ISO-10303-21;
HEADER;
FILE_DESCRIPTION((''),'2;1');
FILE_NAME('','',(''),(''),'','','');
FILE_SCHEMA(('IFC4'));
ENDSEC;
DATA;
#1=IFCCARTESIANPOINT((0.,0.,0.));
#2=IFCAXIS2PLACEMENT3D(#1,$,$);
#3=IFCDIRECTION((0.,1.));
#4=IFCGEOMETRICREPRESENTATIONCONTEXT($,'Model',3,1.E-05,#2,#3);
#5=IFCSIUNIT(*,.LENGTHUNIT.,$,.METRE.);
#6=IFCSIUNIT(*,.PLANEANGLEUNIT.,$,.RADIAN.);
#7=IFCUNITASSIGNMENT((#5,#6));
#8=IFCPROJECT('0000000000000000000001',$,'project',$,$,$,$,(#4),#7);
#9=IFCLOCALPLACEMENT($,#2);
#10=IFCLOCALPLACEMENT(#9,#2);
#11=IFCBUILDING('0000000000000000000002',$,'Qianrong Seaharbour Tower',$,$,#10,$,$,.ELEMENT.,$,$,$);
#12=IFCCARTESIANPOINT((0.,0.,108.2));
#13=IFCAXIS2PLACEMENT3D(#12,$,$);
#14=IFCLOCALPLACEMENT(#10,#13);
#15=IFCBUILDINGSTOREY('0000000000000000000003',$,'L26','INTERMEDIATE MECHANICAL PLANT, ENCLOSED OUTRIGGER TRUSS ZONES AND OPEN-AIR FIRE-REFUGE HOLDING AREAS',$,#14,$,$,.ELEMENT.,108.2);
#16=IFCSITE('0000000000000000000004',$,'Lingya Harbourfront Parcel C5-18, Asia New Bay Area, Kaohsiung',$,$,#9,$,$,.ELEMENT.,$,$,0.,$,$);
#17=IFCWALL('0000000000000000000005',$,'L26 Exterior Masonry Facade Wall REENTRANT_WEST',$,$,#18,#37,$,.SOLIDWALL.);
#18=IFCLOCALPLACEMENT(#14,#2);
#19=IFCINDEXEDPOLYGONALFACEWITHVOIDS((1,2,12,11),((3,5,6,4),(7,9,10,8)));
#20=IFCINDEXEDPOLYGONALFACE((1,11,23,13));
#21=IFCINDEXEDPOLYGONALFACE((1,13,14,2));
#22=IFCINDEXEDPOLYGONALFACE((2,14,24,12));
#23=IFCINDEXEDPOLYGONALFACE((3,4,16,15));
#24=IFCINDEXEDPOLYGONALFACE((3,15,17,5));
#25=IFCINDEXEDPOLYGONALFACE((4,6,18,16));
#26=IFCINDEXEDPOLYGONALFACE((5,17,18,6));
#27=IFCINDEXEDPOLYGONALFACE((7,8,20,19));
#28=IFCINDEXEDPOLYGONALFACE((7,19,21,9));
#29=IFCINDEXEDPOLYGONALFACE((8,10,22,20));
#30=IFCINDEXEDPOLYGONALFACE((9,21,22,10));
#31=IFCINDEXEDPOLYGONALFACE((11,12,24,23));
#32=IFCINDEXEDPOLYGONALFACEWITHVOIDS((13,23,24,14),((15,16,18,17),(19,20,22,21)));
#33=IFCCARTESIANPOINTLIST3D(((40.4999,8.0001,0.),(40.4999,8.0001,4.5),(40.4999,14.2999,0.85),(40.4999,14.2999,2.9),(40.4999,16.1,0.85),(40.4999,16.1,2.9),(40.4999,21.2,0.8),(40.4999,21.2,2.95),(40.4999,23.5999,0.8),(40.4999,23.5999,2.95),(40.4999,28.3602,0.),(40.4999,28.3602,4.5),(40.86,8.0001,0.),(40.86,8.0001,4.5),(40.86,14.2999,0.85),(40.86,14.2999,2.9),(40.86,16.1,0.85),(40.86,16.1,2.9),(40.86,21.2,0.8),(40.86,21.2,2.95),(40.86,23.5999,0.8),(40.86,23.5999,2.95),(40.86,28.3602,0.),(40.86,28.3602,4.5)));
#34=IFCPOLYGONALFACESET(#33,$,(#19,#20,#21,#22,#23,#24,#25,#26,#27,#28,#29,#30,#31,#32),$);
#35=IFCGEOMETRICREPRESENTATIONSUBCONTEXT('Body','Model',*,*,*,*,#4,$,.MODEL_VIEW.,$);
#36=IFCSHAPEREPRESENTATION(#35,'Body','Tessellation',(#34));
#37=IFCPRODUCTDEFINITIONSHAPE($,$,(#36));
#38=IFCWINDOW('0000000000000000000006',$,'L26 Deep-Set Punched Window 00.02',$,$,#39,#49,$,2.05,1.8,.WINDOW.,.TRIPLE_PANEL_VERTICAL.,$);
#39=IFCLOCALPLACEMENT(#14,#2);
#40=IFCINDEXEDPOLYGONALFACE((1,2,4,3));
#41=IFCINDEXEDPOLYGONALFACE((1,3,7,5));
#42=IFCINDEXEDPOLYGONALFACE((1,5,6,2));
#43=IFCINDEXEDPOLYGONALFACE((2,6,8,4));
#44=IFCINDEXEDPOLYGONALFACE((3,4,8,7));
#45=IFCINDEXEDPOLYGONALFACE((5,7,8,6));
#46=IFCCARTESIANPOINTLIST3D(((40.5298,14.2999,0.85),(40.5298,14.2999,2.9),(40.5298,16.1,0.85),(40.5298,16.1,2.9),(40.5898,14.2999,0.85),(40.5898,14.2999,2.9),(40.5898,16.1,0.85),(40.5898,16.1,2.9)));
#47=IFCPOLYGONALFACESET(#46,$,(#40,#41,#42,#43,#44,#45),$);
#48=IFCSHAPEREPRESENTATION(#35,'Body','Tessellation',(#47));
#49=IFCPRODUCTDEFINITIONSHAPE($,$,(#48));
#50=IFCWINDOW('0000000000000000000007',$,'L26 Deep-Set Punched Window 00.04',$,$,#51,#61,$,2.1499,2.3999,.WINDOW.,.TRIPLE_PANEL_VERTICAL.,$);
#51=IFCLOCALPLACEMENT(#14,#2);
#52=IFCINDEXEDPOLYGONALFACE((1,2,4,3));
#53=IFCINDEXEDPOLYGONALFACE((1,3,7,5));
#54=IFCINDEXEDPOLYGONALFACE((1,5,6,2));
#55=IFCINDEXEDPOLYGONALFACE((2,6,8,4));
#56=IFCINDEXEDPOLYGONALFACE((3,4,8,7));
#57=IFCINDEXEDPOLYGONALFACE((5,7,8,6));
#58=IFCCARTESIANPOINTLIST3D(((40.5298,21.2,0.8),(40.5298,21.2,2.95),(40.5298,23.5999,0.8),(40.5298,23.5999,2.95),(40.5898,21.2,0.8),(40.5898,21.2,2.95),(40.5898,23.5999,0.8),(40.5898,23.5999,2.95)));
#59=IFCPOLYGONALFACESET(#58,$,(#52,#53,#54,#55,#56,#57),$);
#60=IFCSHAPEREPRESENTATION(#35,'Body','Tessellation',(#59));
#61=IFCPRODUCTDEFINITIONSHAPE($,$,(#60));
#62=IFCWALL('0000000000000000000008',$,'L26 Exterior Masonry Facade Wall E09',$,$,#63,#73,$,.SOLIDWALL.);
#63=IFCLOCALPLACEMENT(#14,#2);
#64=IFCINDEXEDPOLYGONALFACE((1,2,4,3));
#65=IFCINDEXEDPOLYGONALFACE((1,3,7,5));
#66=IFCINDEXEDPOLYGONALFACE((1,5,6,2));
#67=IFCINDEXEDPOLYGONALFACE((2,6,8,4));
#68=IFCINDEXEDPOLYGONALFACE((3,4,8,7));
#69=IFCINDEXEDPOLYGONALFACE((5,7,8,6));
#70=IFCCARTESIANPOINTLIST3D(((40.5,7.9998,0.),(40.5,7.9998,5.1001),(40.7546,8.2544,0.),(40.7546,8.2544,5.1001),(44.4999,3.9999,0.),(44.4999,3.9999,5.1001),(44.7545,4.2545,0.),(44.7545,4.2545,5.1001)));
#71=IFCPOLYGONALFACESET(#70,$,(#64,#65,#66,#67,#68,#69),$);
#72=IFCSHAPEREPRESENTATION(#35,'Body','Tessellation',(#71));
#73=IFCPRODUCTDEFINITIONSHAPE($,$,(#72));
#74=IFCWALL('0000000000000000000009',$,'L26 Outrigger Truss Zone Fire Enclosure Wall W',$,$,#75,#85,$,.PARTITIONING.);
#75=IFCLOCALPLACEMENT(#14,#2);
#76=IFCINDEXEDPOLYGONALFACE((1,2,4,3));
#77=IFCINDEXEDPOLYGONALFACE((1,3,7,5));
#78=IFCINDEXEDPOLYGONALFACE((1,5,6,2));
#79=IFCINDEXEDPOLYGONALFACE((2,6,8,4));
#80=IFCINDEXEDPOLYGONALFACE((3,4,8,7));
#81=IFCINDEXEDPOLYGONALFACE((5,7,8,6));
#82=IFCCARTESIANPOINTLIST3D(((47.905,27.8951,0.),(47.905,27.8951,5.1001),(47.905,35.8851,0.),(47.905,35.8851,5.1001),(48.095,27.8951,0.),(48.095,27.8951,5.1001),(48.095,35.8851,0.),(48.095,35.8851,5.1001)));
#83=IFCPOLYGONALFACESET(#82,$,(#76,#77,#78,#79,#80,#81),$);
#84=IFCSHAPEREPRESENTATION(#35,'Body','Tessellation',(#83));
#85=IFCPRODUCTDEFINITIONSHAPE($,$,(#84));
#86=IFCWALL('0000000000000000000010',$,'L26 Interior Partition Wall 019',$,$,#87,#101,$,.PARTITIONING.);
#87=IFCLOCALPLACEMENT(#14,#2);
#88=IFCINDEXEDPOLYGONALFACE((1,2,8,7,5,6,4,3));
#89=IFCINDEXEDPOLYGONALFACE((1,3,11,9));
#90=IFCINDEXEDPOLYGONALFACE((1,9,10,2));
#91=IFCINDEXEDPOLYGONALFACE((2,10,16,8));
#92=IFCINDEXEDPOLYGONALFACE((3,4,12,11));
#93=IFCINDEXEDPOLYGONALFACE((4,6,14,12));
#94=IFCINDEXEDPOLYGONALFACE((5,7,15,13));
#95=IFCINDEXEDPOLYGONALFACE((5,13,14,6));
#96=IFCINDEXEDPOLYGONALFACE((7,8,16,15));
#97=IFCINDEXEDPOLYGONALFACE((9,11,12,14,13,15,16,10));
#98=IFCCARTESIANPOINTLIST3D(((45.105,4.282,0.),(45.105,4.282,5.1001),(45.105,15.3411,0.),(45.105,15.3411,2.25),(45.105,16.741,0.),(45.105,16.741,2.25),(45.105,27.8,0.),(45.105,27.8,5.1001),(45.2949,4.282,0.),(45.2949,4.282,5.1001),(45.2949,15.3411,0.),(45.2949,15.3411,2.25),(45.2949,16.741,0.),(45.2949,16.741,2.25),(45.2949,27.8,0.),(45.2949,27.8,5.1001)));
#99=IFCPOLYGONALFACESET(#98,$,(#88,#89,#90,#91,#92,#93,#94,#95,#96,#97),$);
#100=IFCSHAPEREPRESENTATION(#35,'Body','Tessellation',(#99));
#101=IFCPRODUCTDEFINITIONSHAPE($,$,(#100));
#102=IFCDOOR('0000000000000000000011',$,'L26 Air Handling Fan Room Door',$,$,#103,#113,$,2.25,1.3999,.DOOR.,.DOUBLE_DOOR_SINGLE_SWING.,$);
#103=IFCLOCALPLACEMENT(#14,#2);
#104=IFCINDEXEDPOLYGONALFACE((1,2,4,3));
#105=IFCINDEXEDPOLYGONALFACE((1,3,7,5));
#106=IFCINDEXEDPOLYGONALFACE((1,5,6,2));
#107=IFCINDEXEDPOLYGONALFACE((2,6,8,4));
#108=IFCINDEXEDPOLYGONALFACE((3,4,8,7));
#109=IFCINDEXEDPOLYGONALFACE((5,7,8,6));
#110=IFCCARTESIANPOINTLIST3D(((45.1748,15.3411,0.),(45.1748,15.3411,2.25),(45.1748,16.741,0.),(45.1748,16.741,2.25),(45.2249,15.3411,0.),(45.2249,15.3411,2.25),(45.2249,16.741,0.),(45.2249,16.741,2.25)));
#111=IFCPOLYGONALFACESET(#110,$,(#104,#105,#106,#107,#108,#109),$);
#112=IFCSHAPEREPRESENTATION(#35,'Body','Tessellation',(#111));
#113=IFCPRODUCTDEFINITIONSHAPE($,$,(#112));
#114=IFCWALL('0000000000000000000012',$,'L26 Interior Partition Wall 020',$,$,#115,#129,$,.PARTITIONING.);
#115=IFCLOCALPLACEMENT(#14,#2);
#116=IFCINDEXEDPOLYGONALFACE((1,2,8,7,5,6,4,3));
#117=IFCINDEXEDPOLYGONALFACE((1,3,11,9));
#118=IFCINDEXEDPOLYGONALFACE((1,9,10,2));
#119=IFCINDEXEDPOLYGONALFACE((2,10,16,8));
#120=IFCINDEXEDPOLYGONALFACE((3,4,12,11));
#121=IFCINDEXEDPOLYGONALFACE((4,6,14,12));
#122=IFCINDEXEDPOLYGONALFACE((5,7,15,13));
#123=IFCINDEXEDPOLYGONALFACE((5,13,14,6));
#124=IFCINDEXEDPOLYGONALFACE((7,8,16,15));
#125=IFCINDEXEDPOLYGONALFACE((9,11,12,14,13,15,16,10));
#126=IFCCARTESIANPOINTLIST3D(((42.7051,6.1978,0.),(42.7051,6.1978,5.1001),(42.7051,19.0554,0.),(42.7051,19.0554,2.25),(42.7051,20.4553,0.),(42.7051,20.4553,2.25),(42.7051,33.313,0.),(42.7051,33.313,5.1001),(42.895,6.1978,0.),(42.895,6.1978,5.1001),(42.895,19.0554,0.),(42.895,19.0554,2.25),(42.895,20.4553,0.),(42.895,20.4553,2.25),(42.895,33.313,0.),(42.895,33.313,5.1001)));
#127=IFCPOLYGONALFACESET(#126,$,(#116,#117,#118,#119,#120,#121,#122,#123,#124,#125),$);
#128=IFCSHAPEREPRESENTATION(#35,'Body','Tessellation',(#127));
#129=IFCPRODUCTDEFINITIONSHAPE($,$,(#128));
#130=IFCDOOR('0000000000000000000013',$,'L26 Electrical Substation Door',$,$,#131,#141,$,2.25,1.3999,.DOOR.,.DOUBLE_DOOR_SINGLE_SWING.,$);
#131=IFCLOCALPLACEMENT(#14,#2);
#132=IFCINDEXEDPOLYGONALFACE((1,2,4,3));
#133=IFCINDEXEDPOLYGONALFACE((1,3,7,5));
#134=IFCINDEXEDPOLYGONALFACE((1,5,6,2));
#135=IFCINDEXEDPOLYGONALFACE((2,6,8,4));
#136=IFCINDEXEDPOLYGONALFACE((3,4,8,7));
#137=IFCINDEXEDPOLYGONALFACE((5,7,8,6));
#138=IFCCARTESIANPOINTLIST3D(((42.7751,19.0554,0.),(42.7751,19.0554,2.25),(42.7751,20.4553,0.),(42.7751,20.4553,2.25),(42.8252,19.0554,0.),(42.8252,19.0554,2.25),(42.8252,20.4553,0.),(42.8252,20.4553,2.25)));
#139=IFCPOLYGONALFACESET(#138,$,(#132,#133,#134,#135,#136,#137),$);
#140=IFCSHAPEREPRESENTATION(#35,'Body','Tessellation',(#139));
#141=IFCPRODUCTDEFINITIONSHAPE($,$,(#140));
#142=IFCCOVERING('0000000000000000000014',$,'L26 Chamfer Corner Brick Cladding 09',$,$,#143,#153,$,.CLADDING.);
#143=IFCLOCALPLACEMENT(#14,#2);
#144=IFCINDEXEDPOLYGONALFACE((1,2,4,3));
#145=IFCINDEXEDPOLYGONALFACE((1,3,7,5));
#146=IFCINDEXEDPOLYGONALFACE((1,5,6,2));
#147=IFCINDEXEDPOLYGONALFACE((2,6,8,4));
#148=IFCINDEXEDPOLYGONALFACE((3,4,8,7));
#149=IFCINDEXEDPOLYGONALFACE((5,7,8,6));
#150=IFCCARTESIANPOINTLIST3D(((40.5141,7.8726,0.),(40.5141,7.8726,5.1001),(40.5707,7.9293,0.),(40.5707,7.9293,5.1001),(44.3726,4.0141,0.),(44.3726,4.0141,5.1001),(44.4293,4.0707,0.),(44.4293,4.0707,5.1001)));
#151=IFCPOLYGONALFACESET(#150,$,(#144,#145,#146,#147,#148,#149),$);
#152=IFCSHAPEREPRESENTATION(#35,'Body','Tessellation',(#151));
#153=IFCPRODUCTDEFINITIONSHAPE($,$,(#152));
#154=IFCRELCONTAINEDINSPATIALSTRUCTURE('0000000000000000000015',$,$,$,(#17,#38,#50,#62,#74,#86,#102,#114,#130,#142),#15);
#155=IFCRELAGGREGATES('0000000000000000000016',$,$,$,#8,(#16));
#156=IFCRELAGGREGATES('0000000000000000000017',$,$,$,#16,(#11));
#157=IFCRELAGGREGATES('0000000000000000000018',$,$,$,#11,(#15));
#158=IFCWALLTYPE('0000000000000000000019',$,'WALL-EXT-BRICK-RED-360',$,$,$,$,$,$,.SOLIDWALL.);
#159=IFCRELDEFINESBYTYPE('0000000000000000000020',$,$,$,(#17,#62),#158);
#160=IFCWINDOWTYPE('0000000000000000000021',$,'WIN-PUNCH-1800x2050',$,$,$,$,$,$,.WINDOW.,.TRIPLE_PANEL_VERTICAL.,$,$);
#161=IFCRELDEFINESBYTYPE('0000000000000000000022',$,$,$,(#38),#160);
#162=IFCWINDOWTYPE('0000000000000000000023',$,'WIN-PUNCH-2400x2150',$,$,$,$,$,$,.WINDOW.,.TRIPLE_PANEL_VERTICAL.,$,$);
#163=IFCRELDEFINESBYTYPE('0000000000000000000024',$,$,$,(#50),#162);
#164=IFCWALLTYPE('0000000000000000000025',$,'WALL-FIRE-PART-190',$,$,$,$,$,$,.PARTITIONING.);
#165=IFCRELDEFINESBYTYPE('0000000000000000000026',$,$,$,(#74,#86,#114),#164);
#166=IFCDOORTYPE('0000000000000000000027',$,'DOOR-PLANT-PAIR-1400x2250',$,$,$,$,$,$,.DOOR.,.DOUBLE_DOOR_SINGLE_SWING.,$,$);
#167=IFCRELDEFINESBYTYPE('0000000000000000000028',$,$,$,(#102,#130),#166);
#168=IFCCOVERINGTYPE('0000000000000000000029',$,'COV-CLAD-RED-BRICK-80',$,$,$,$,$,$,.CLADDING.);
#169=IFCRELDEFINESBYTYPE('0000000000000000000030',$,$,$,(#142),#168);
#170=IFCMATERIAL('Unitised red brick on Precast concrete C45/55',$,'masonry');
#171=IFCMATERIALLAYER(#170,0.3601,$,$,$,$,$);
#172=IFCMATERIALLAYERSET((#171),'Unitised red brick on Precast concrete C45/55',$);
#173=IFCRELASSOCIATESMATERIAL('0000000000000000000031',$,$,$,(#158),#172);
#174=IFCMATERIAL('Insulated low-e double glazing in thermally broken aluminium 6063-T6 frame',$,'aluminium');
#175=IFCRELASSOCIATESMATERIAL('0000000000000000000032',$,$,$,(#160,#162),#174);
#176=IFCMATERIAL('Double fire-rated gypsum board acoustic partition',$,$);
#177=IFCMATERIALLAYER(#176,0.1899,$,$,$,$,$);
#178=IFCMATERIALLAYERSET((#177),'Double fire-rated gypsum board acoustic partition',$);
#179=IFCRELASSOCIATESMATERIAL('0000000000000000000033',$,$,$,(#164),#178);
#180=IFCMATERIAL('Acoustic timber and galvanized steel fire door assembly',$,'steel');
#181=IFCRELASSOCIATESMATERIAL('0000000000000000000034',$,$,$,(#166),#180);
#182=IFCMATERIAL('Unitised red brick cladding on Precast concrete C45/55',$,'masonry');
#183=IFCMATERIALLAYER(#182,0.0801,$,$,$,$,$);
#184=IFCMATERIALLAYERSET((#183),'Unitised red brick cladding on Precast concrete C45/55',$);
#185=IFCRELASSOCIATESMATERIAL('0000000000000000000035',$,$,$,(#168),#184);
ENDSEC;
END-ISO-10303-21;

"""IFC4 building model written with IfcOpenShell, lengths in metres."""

from ifc_helpers import new_model, si_unit, direction, frame, frame_2d, origin, origin_2d, place, context, subcontext, project, spatial, rectangle, extrude, material, layer, layer_set, type_object, element, fill, save


model = new_model("IFC4")

# Units and contexts
model_context = context("Model", 3, precision=1e-05, world=origin(), true_north=direction((0.0, 1.0)))
body_context = subcontext(model_context, "Body", "Model", "MODEL_VIEW")
ifc_project = project(units=[si_unit("LENGTHUNIT", "METRE"), si_unit("PLANEANGLEUNIT", "RADIAN")], contexts=[model_context])

# Site, building, storey
site_placement = place(None, origin())
site = spatial("IfcSite", under=ifc_project, at=site_placement, Name="Lingya Harbourfront Parcel C5-18, Asia New Bay Area, Kaohsiung", CompositionType="ELEMENT", RefElevation=0.0)
building_placement = place(site_placement, origin())
building = spatial("IfcBuilding", under=site, at=building_placement, Name="Qianrong Seaharbour Tower", CompositionType="ELEMENT")
storey_placement = place(building_placement, frame((0.0, 0.0, 108.2)))
storey = spatial("IfcBuildingStorey", under=building, at=storey_placement, Name="L26", Description="INTERMEDIATE MECHANICAL PLANT, ENCLOSED OUTRIGGER TRUSS ZONES AND OPEN-AIR FIRE-REFUGE HOLDING AREAS", CompositionType="ELEMENT", Elevation=108.2)

# Wall, openings, windows
ifc_material_1 = material(Name="Unitised red brick on Precast concrete C45/55", Category="masonry")
ifc_layer_1 = layer(ifc_material_1, 0.3601)
ifc_layer_set_1 = layer_set([ifc_layer_1], Name="Unitised red brick on Precast concrete C45/55")
wall_type_1 = type_object("IfcWallType", Name="WALL-EXT-BRICK-RED-360", PredefinedType="SOLIDWALL", material=ifc_layer_set_1)
wall_1_placement = place(storey_placement, frame((40.6799, 8.0, 0.0), z_axis=(0.0, 0.0, 1.0), x_axis=(0.0, 1.0, 0.0)))
wall_1 = element("IfcWall", 1, at=wall_1_placement, inside=storey, type_object=wall_type_1, Name="L26 Exterior Masonry Facade Wall REENTRANT_WEST", PredefinedType="SOLIDWALL", context=body_context, shape_type="SweptSolid", body=[
    extrude(rectangle(XDim=20.3601, YDim=0.3601, at=frame_2d((10.1802, 0.0))), origin(), (0.0, 0.0, 1.0), 4.5),
])
opening_1_placement = place(wall_1_placement, frame((6.3, 0.0, 0.8501)))
opening_1 = element("IfcOpeningElement", 2, at=opening_1_placement, cuts=wall_1, PredefinedType="OPENING", context=body_context, shape_type="SweptSolid", body=[
    extrude(rectangle(XDim=1.8, YDim=2.05, at=frame_2d((0.8999, 1.0249))), frame((0.0, 0.1899, 0.0), z_axis=(0.0, -1.0, 0.0), x_axis=(1.0, 0.0, 0.0)), (0.0, 0.0, 1.0), 0.3801),
])
opening_2_placement = place(wall_1_placement, frame((13.2, 0.0, 0.8)))
opening_2 = element("IfcOpeningElement", 3, at=opening_2_placement, cuts=wall_1, PredefinedType="OPENING", context=body_context, shape_type="SweptSolid", body=[
    extrude(rectangle(XDim=2.3999, YDim=2.1499, at=frame_2d((1.2, 1.075))), frame((0.0, 0.1899, 0.0), z_axis=(0.0, -1.0, 0.0), x_axis=(1.0, 0.0, 0.0)), (0.0, 0.0, 1.0), 0.3801),
])
ifc_material_2 = material(Name="Insulated low-e double glazing in thermally broken aluminium 6063-T6 frame", Category="aluminium")
window_type_1 = type_object("IfcWindowType", Name="WIN-PUNCH-1800x2050", PartitioningType="TRIPLE_PANEL_VERTICAL", PredefinedType="WINDOW", material=ifc_material_2)
window_1_placement = place(opening_1_placement, origin())
window_1 = element("IfcWindow", 4, at=window_1_placement, inside=storey, type_object=window_type_1, Name="L26 Deep-Set Punched Window 00.02", OverallHeight=2.05, OverallWidth=1.8, PartitioningType="TRIPLE_PANEL_VERTICAL", PredefinedType="WINDOW", context=body_context, shape_type="SweptSolid", body=[
    extrude(rectangle(XDim=1.8, YDim=2.05, at=frame_2d((0.8999, 1.0249))), frame((0.0, 0.1501, 0.0), z_axis=(0.0, -1.0, 0.0), x_axis=(1.0, 0.0, 0.0)), (0.0, 0.0, 1.0), 0.0601),
])
fill(opening_1, window_1)
window_type_2 = type_object("IfcWindowType", Name="WIN-PUNCH-2400x2150", PartitioningType="TRIPLE_PANEL_VERTICAL", PredefinedType="WINDOW", material=ifc_material_2)
window_2_placement = place(opening_2_placement, origin())
window_2 = element("IfcWindow", 5, at=window_2_placement, inside=storey, type_object=window_type_2, Name="L26 Deep-Set Punched Window 00.04", OverallHeight=2.1499, OverallWidth=2.3999, PartitioningType="TRIPLE_PANEL_VERTICAL", PredefinedType="WINDOW", context=body_context, shape_type="SweptSolid", body=[
    extrude(rectangle(XDim=2.3999, YDim=2.1499, at=frame_2d((1.2, 1.075))), frame((0.0, 0.1501, 0.0), z_axis=(0.0, -1.0, 0.0), x_axis=(1.0, 0.0, 0.0)), (0.0, 0.0, 1.0), 0.0601),
])
fill(opening_2, window_2)

# Walls
wall_2_placement = place(storey_placement, frame((44.6272, 4.1272, 0.0), z_axis=(0.0, 0.0, 1.0), x_axis=(-0.707107, 0.707107, 0.0)))
element("IfcWall", 6, at=wall_2_placement, inside=storey, type_object=wall_type_1, Name="L26 Exterior Masonry Facade Wall E09", PredefinedType="SOLIDWALL", context=body_context, shape_type="SweptSolid", body=[
    extrude(rectangle(XDim=5.6567, YDim=0.3601, at=frame_2d((2.8284, 0.0))), origin(), (0.0, 0.0, 1.0), 5.1001),
])
ifc_material_3 = material(Name="Double fire-rated gypsum board acoustic partition")
ifc_layer_2 = layer(ifc_material_3, 0.1899)
ifc_layer_set_2 = layer_set([ifc_layer_2], Name="Double fire-rated gypsum board acoustic partition")
wall_type_2 = type_object("IfcWallType", Name="WALL-FIRE-PART-190", PredefinedType="PARTITIONING", material=ifc_layer_set_2)
wall_3_placement = place(storey_placement, frame((48.0, 27.895, 0.0), z_axis=(0.0, 0.0, 1.0), x_axis=(0.0, 1.0, 0.0)))
element("IfcWall", 7, at=wall_3_placement, inside=storey, type_object=wall_type_2, Name="L26 Outrigger Truss Zone Fire Enclosure Wall W", PredefinedType="PARTITIONING", context=body_context, shape_type="SweptSolid", body=[
    extrude(rectangle(XDim=7.99, YDim=0.1899, at=frame_2d((3.9951, 0.0))), origin(), (0.0, 0.0, 1.0), 5.1001),
])

# Walls, openings, doors
wall_4_placement = place(storey_placement, frame((45.2, 27.8, 0.0), z_axis=(0.0, 0.0, 1.0), x_axis=(0.0, -1.0, 0.0)))
wall_4 = element("IfcWall", 8, at=wall_4_placement, inside=storey, type_object=wall_type_2, Name="L26 Interior Partition Wall 019", PredefinedType="PARTITIONING", context=body_context, shape_type="SweptSolid", body=[
    extrude(rectangle(XDim=23.5181, YDim=0.1899, at=frame_2d((11.759, 0.0))), origin(), (0.0, 0.0, 1.0), 5.1001),
])
opening_3_placement = place(wall_4_placement, frame((11.0591, 0.0, 0.0)))
opening_3 = element("IfcOpeningElement", 9, at=opening_3_placement, cuts=wall_4, PredefinedType="OPENING", context=body_context, shape_type="SweptSolid", body=[
    extrude(rectangle(XDim=1.3999, YDim=2.25, at=frame_2d((0.7, 1.125))), frame((0.0, 0.105, 0.0), z_axis=(0.0, -1.0, 0.0), x_axis=(1.0, 0.0, 0.0)), (0.0, 0.0, 1.0), 0.21),
])
ifc_material_4 = material(Name="Acoustic timber and galvanized steel fire door assembly", Category="steel")
door_type = type_object("IfcDoorType", Name="DOOR-PLANT-PAIR-1400x2250", OperationType="DOUBLE_DOOR_SINGLE_SWING", PredefinedType="DOOR", material=ifc_material_4)
door_1_placement = place(opening_3_placement, origin())
door_1 = element("IfcDoor", 10, at=door_1_placement, inside=storey, type_object=door_type, Name="L26 Air Handling Fan Room Door", OperationType="DOUBLE_DOOR_SINGLE_SWING", OverallHeight=2.25, OverallWidth=1.3999, PredefinedType="DOOR", context=body_context, shape_type="SweptSolid", body=[
    extrude(rectangle(XDim=1.3999, YDim=2.25, at=frame_2d((0.7, 1.125))), frame((0.0, 0.0249, 0.0), z_axis=(0.0, -1.0, 0.0), x_axis=(1.0, 0.0, 0.0)), (0.0, 0.0, 1.0), 0.05),
])
fill(opening_3, door_1)
wall_5_placement = place(storey_placement, frame((42.8, 6.1978, 0.0), z_axis=(0.0, 0.0, 1.0), x_axis=(0.0, 1.0, 0.0)))
wall_5 = element("IfcWall", 11, at=wall_5_placement, inside=storey, type_object=wall_type_2, Name="L26 Interior Partition Wall 020", PredefinedType="PARTITIONING", context=body_context, shape_type="SweptSolid", body=[
    extrude(rectangle(XDim=27.1152, YDim=0.1899, at=frame_2d((13.5576, 0.0))), origin(), (0.0, 0.0, 1.0), 5.1001),
])
opening_4_placement = place(wall_5_placement, frame((12.8577, 0.0, 0.0)))
opening_4 = element("IfcOpeningElement", 12, at=opening_4_placement, cuts=wall_5, PredefinedType="OPENING", context=body_context, shape_type="SweptSolid", body=[
    extrude(rectangle(XDim=1.3999, YDim=2.25, at=frame_2d((0.7, 1.125))), frame((0.0, 0.105, 0.0), z_axis=(0.0, -1.0, 0.0), x_axis=(1.0, 0.0, 0.0)), (0.0, 0.0, 1.0), 0.21),
])
door_2_placement = place(opening_4_placement, origin())
door_2 = element("IfcDoor", 13, at=door_2_placement, inside=storey, type_object=door_type, Name="L26 Electrical Substation Door", OperationType="DOUBLE_DOOR_SINGLE_SWING", OverallHeight=2.25, OverallWidth=1.3999, PredefinedType="DOOR", context=body_context, shape_type="SweptSolid", body=[
    extrude(rectangle(XDim=1.3999, YDim=2.25, at=frame_2d((0.7, 1.125))), frame((0.0, 0.0249, 0.0), z_axis=(0.0, -1.0, 0.0), x_axis=(1.0, 0.0, 0.0)), (0.0, 0.0, 1.0), 0.05),
])
fill(opening_4, door_2)

# Covering
ifc_material_5 = material(Name="Unitised red brick cladding on Precast concrete C45/55", Category="masonry")
ifc_layer_3 = layer(ifc_material_5, 0.0801)
ifc_layer_set_3 = layer_set([ifc_layer_3], Name="Unitised red brick cladding on Precast concrete C45/55")
covering_type = type_object("IfcCoveringType", Name="COV-CLAD-RED-BRICK-80", PredefinedType="CLADDING", material=ifc_layer_set_3)
covering_placement = place(storey_placement, frame((42.4717, 5.9717, 0.0), z_axis=(0.0, 0.0, 1.0), x_axis=(-0.707107, 0.707107, 0.0)))
element("IfcCovering", 14, at=covering_placement, inside=storey, type_object=covering_type, Name="L26 Chamfer Corner Brick Cladding 09", PredefinedType="CLADDING", context=body_context, shape_type="SweptSolid", body=[
    extrude(rectangle(XDim=5.4568, YDim=0.0801, at=origin_2d()), origin(), (0.0, 0.0, 1.0), 5.1001),
])

save(model, "model.ifc")
